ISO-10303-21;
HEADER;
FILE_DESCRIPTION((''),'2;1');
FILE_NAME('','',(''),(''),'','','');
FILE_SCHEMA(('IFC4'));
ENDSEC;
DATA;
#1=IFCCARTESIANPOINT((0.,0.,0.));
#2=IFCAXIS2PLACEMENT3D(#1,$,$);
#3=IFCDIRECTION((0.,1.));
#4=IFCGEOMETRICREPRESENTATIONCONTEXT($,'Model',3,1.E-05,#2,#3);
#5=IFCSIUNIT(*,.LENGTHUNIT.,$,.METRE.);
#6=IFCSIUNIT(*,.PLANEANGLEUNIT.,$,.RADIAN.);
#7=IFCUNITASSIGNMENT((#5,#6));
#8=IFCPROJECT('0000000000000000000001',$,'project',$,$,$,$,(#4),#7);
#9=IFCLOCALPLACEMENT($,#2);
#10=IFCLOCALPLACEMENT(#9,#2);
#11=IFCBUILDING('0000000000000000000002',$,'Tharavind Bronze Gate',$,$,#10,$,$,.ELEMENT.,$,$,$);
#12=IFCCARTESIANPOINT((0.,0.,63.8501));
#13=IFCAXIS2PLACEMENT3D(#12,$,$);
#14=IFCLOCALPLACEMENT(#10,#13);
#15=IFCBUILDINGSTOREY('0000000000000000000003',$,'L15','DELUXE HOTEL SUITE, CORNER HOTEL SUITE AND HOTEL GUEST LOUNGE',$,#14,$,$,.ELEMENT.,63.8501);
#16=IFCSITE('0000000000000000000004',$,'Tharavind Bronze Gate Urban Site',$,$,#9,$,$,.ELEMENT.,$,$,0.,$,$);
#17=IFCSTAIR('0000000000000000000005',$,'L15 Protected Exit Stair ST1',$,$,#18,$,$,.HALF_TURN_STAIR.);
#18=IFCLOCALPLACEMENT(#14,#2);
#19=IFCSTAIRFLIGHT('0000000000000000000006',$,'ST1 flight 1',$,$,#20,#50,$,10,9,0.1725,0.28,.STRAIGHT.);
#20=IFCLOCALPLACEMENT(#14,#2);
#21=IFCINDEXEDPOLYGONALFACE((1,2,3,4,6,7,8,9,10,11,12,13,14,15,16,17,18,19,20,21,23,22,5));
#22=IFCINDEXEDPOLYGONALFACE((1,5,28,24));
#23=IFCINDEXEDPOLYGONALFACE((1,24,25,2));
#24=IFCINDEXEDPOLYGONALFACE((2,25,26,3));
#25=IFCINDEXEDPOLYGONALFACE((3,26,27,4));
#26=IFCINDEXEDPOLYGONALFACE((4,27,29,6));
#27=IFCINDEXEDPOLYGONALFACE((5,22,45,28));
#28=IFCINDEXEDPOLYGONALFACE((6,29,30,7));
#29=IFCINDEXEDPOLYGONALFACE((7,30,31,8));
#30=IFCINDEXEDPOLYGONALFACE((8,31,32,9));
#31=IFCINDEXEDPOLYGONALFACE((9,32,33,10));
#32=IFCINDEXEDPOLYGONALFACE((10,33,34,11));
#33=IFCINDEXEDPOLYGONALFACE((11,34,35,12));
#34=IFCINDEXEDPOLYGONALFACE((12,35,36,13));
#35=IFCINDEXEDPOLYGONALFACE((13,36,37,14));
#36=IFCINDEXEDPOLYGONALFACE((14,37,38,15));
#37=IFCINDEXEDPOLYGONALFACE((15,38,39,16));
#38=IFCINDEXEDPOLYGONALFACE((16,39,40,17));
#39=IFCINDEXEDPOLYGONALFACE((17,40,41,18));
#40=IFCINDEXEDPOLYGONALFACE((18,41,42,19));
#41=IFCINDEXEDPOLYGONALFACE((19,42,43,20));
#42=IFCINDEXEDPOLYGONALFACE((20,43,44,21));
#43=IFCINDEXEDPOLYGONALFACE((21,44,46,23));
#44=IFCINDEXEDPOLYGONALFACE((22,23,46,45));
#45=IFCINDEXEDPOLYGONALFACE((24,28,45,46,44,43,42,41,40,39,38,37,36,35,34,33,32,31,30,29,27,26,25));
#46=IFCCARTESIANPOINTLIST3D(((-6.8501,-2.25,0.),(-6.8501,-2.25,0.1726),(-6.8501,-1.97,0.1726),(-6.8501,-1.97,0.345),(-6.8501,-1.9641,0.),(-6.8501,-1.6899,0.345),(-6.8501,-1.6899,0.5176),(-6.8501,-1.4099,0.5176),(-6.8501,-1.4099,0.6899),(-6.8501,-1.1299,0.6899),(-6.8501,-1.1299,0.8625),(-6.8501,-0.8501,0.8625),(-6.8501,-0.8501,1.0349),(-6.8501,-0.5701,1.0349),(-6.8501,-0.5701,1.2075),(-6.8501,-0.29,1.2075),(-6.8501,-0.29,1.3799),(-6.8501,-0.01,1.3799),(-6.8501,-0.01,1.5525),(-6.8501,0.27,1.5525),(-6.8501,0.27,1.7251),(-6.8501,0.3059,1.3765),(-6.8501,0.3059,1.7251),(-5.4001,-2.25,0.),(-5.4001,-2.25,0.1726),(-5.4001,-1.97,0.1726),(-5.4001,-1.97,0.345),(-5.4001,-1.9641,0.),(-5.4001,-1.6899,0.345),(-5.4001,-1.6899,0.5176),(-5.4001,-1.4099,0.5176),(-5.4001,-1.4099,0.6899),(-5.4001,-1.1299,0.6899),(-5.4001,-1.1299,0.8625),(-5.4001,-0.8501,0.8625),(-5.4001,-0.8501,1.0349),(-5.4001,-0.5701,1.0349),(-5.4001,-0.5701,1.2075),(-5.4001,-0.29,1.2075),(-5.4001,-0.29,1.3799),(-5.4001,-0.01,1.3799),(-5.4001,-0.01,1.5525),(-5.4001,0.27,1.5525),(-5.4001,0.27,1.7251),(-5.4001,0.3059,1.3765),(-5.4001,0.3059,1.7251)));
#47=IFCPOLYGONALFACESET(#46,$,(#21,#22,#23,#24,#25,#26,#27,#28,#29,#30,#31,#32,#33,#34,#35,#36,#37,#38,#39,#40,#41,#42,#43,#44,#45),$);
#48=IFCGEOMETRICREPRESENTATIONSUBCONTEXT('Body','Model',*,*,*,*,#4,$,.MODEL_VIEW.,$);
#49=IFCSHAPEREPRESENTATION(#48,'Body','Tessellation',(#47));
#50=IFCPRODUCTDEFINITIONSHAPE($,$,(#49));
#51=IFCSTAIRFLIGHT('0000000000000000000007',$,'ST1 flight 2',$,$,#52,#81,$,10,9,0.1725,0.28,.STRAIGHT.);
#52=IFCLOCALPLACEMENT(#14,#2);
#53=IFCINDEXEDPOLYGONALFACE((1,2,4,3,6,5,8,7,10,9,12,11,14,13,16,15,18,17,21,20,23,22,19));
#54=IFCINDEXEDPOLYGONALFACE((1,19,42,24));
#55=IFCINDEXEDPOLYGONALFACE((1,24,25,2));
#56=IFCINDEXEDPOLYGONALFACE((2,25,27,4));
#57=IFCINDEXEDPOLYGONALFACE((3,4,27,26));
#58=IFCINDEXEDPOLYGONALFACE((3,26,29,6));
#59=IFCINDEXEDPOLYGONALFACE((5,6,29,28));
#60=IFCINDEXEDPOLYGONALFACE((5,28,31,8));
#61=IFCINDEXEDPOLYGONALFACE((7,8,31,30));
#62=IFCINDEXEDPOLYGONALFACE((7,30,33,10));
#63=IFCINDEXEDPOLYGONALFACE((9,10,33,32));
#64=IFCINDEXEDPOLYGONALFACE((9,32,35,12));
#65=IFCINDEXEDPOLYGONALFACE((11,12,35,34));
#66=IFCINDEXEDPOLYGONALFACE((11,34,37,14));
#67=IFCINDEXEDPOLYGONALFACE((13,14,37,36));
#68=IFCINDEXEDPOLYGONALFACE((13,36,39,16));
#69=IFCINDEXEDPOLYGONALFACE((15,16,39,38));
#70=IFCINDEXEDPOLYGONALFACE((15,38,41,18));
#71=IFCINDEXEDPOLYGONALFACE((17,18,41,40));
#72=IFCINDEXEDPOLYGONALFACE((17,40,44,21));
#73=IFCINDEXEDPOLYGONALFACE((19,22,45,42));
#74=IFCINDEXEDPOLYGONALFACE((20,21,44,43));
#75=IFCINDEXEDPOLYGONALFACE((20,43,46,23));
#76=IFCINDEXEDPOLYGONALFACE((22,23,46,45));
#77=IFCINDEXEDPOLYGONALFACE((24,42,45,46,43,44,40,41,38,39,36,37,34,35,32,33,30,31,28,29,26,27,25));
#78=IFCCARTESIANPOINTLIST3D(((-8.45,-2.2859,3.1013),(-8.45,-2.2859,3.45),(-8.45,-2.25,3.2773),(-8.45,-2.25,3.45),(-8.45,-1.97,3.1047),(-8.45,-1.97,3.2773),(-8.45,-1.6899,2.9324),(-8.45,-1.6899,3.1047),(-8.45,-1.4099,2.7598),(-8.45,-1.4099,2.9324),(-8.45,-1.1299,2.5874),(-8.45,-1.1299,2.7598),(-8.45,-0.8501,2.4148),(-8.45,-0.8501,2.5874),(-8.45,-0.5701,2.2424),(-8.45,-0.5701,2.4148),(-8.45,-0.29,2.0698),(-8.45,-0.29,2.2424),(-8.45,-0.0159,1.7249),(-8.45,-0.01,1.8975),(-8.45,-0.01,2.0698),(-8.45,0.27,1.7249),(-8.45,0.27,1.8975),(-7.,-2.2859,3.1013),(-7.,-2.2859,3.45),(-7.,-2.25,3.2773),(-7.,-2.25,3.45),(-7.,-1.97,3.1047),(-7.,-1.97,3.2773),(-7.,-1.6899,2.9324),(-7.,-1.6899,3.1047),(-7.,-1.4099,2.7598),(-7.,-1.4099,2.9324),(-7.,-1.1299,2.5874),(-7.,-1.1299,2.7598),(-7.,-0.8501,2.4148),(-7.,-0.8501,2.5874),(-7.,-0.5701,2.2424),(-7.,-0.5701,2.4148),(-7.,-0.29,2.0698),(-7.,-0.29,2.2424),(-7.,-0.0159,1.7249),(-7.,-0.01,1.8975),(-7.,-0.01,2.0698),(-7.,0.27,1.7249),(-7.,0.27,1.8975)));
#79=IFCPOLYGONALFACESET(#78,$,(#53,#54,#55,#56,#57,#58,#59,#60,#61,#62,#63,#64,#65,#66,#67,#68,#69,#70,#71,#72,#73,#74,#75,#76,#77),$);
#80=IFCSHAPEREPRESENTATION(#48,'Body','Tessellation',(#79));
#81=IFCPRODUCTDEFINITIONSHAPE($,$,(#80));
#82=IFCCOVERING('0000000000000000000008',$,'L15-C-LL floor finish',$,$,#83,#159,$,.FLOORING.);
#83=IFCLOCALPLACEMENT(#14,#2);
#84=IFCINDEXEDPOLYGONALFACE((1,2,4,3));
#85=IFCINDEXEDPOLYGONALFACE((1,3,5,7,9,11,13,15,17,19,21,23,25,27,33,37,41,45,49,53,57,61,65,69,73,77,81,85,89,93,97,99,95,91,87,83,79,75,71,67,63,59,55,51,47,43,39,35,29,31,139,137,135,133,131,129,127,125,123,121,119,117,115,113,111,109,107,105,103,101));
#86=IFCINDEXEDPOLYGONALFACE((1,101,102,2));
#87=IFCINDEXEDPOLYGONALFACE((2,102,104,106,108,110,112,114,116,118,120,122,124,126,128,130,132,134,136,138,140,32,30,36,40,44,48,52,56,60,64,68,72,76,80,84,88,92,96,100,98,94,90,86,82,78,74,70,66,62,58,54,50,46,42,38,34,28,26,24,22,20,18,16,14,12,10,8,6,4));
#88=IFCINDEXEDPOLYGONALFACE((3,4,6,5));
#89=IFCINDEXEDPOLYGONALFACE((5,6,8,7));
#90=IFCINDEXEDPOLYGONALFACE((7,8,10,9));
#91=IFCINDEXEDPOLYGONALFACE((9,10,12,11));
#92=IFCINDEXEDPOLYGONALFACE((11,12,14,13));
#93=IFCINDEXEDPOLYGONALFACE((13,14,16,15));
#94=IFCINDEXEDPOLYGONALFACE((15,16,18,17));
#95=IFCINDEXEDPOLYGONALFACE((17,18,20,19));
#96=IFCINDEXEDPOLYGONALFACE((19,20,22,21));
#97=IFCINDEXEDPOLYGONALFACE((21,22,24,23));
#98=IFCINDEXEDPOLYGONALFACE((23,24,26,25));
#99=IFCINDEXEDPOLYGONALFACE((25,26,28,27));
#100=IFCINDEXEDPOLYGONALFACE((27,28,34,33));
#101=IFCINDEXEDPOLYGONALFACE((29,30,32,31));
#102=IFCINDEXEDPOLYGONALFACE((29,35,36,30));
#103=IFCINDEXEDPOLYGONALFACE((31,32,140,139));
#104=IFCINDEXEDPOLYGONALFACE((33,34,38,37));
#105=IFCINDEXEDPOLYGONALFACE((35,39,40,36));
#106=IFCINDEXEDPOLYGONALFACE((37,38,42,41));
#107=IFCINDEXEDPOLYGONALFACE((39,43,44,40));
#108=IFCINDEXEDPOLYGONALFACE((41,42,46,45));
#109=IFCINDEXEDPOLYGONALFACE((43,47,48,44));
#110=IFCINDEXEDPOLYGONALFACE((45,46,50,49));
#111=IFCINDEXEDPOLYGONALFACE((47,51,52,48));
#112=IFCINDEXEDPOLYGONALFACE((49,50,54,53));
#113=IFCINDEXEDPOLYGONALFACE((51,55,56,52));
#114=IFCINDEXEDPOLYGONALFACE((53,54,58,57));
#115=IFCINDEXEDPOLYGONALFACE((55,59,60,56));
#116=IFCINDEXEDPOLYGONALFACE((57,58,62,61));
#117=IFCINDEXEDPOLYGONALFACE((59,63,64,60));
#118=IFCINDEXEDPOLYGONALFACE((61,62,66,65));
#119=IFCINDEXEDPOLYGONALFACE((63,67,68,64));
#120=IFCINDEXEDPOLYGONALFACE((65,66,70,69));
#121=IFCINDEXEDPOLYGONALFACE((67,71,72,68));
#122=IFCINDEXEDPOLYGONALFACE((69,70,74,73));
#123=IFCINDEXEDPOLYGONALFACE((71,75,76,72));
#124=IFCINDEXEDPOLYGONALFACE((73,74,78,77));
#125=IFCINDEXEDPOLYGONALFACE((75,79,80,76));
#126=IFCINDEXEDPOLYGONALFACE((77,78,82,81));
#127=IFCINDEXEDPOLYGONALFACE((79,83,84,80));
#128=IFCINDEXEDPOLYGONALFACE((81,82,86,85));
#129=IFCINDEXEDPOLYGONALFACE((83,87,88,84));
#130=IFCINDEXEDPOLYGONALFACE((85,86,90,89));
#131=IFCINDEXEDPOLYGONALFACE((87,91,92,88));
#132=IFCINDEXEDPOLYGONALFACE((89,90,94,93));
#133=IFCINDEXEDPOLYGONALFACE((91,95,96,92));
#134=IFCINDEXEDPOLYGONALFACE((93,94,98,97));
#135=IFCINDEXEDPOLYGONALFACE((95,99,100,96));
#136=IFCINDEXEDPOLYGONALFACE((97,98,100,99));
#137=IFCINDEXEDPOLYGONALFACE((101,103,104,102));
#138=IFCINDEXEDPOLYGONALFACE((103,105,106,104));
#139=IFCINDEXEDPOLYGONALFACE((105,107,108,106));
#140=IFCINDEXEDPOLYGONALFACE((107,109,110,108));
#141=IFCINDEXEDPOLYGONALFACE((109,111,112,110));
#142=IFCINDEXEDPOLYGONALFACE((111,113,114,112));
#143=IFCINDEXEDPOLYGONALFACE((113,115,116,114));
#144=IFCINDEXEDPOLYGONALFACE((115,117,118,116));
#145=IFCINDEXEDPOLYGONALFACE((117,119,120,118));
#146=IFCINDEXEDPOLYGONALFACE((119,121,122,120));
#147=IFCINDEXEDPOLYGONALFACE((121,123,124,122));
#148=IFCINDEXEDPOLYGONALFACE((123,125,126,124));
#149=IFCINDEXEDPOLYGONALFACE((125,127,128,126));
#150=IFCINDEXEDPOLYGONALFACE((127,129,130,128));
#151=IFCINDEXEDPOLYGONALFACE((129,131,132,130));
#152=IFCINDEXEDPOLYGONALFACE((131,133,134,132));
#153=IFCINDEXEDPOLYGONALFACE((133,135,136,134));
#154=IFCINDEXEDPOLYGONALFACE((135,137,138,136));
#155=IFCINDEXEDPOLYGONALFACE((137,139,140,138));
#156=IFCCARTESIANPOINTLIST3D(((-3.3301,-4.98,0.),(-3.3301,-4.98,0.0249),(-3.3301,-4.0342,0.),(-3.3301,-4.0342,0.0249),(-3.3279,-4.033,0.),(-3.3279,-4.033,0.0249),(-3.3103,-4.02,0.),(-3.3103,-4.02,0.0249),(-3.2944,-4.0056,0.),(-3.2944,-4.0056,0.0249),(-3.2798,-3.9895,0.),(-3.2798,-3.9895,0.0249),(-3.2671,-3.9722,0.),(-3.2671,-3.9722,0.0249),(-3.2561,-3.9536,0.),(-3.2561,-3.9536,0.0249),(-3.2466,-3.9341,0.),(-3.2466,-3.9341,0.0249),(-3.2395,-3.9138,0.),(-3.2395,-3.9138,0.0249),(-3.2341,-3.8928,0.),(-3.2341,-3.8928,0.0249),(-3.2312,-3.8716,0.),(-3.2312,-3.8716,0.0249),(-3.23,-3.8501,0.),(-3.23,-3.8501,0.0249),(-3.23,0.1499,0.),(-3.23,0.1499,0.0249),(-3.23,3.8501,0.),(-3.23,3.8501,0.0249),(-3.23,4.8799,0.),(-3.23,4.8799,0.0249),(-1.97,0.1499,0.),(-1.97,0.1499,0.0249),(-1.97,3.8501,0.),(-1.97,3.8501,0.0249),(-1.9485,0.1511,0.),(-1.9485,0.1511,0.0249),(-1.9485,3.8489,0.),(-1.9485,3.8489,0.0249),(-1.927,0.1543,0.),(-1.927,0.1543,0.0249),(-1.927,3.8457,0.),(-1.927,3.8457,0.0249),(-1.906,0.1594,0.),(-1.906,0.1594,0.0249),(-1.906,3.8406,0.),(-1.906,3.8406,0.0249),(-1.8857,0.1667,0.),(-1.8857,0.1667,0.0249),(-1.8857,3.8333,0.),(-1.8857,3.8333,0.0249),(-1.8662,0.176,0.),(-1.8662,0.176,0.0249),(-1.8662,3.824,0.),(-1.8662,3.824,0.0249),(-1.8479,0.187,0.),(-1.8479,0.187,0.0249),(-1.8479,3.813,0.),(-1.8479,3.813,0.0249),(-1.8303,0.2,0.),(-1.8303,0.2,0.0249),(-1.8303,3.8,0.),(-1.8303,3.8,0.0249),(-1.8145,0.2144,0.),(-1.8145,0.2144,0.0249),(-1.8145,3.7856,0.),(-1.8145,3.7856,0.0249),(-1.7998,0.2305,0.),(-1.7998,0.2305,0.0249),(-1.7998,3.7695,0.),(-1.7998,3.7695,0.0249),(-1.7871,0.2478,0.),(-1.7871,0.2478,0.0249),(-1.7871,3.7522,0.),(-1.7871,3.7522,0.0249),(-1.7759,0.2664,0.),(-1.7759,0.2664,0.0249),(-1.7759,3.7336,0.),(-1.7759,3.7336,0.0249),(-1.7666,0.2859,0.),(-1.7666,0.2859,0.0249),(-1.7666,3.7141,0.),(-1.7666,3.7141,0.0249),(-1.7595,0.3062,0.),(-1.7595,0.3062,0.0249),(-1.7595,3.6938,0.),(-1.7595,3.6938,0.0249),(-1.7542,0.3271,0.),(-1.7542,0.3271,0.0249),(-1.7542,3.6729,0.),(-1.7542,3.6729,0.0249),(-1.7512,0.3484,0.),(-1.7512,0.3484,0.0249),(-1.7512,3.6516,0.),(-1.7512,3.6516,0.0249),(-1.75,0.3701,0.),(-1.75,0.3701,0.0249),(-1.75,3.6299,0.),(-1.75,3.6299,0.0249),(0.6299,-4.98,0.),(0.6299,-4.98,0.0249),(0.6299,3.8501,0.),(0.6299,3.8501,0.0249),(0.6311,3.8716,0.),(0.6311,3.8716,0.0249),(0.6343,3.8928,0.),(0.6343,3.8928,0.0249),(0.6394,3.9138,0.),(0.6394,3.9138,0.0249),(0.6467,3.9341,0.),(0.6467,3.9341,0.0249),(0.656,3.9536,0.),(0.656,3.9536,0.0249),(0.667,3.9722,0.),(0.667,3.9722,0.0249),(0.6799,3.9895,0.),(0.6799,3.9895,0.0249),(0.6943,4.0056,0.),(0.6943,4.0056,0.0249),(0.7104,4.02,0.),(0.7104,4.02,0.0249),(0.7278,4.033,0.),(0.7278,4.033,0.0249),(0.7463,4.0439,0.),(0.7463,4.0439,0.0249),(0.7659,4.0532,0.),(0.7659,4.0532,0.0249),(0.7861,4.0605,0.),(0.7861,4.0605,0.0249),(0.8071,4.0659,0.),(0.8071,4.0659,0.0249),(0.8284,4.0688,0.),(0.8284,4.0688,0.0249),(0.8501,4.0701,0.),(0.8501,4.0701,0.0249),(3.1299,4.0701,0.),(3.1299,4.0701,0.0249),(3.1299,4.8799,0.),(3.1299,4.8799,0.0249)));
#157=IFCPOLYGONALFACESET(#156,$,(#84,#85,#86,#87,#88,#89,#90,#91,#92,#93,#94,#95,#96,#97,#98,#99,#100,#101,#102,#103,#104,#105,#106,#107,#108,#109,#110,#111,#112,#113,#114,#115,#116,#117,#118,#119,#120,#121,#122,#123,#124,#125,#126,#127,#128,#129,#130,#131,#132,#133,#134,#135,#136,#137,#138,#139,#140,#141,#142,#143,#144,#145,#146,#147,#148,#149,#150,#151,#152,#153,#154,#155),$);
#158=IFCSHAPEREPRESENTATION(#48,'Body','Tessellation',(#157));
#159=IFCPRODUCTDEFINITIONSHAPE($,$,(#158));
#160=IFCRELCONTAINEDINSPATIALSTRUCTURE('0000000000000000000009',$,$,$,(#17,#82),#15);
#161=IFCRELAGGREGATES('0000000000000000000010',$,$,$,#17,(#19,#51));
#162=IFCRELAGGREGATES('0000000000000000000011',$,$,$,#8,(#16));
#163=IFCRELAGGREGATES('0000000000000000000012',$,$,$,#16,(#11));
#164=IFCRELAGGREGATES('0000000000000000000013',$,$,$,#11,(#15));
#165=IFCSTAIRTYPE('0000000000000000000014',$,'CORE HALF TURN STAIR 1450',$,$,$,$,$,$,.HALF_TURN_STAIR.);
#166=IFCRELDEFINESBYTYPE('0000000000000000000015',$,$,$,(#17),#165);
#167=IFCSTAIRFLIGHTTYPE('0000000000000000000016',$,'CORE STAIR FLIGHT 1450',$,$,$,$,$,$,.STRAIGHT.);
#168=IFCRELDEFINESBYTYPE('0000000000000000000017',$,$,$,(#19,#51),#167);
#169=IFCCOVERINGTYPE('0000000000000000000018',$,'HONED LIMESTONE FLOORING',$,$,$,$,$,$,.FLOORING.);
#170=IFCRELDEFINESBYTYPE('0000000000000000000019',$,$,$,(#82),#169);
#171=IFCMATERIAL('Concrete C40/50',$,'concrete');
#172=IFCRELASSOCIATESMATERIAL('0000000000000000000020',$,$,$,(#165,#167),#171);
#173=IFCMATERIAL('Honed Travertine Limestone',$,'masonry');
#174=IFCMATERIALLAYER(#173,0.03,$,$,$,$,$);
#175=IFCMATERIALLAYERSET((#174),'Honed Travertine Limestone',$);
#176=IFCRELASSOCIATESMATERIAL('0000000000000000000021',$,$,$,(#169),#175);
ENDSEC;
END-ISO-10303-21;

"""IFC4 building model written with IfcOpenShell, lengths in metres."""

from ifc_helpers import new_model, si_unit, direction, frame, origin, place, context, subcontext, project, spatial, polyline, outline, extrude, material, layer, layer_set, type_object, element, aggregate, save


model = new_model("IFC4")

# Units and contexts
model_context = context("Model", 3, precision=1e-05, world=origin(), true_north=direction((0.0, 1.0)))
body_context = subcontext(model_context, "Body", "Model", "MODEL_VIEW")
ifc_project = project(units=[si_unit("LENGTHUNIT", "METRE"), si_unit("PLANEANGLEUNIT", "RADIAN")], contexts=[model_context])

# Site, building, storey
site_placement = place(None, origin())
site = spatial("IfcSite", under=ifc_project, at=site_placement, Name="Tharavind Bronze Gate Urban Site", CompositionType="ELEMENT", RefElevation=0.0)
building_placement = place(site_placement, origin())
building = spatial("IfcBuilding", under=site, at=building_placement, Name="Tharavind Bronze Gate", CompositionType="ELEMENT")
storey_placement = place(building_placement, frame((0.0, 0.0, 63.8501)))
storey = spatial("IfcBuildingStorey", under=building, at=storey_placement, Name="L15", Description="DELUXE HOTEL SUITE, CORNER HOTEL SUITE AND HOTEL GUEST LOUNGE", CompositionType="ELEMENT", Elevation=63.8501)

# Shared definitions
ifc_material_1 = material(Name="Concrete C40/50", Category="concrete")

# Stair
stair_type = type_object("IfcStairType", Name="CORE HALF TURN STAIR 1450", PredefinedType="HALF_TURN_STAIR", material=ifc_material_1)
stair_1_placement = place(storey_placement, origin())
stair_1 = element("IfcStair", 1, at=stair_1_placement, inside=storey, type_object=stair_type, Name="L15 Protected Exit Stair ST1", PredefinedType="HALF_TURN_STAIR")

# Stair flights
stair_flight_type = type_object("IfcStairFlightType", Name="CORE STAIR FLIGHT 1450", PredefinedType="STRAIGHT", material=ifc_material_1)
stair_flight_1_placement = place(storey_placement, frame((-6.125, -2.25, 0.0), z_axis=(0.0, 0.0, 1.0), x_axis=(0.0, 1.0, 0.0)))
stair_flight_1 = element("IfcStairFlight", 2, at=stair_flight_1_placement, type_object=stair_flight_type, Name="ST1 flight 1", NumberOfRisers=10, NumberOfTreads=9, PredefinedType="STRAIGHT", RiserHeight=0.1725, TreadLength=0.28, context=body_context, shape_type="SweptSolid", body=[
    extrude(outline(polyline([(0.0, 0.0), (0.0, 0.1726), (0.28, 0.1726), (0.28, 0.345), (0.5601, 0.345), (0.5601, 0.5176), (0.8401, 0.5176), (0.8401, 0.6899), (1.1201, 0.6899), (1.1201, 0.8625), (1.3999, 0.8625), (1.3999, 1.0349), (1.6799, 1.0349), (1.6799, 1.2075), (1.96, 1.2075), (1.96, 1.3799), (2.24, 1.3799), (2.24, 1.5525), (2.52, 1.5525), (2.52, 1.7251), (2.5559, 1.7251), (2.5559, 1.3765), (0.2859, 0.0), (0.0, 0.0)])), frame((0.0, 0.7251, 0.0), z_axis=(0.0, -1.0, 0.0), x_axis=(1.0, 0.0, 0.0)), (0.0, 0.0, 1.0), 1.45),
])
stair_flight_2_placement = place(storey_placement, frame((-7.7251, 0.27, 1.7249), z_axis=(0.0, 0.0, 1.0), x_axis=(0.0, -1.0, 0.0)))
stair_flight_2 = element("IfcStairFlight", 3, at=stair_flight_2_placement, type_object=stair_flight_type, Name="ST1 flight 2", NumberOfRisers=10, NumberOfTreads=9, PredefinedType="STRAIGHT", RiserHeight=0.1725, TreadLength=0.28, context=body_context, shape_type="SweptSolid", body=[
    extrude(outline(polyline([(0.0, 0.0), (0.0, 0.1726), (0.28, 0.1726), (0.28, 0.345), (0.5601, 0.345), (0.5601, 0.5176), (0.8401, 0.5176), (0.8401, 0.6899), (1.1201, 0.6899), (1.1201, 0.8625), (1.3999, 0.8625), (1.3999, 1.0349), (1.6799, 1.0349), (1.6799, 1.2075), (1.96, 1.2075), (1.96, 1.3799), (2.24, 1.3799), (2.24, 1.5525), (2.52, 1.5525), (2.52, 1.7251), (2.5559, 1.7251), (2.5559, 1.3765), (0.2859, 0.0), (0.0, 0.0)])), frame((0.0, 0.7251, 0.0), z_axis=(0.0, -1.0, 0.0), x_axis=(1.0, 0.0, 0.0)), (0.0, 0.0, 1.0), 1.45),
])
aggregate(stair_1, [stair_flight_1, stair_flight_2])

# Covering
ifc_material_2 = material(Name="Honed Travertine Limestone", Category="masonry")
ifc_layer_1 = layer(ifc_material_2, 0.03)
ifc_layer_set_1 = layer_set([ifc_layer_1], Name="Honed Travertine Limestone")
covering_type = type_object("IfcCoveringType", Name="HONED LIMESTONE FLOORING", PredefinedType="FLOORING", material=ifc_layer_set_1)
covering_placement = place(storey_placement, origin())
element("IfcCovering", 4, at=covering_placement, inside=storey, type_object=covering_type, Name="L15-C-LL floor finish", PredefinedType="FLOORING", context=body_context, shape_type="SweptSolid", body=[
    extrude(outline(polyline([(-3.3301, -4.98), (0.6299, -4.98), (0.6299, 3.8501), (0.6311, 3.8716), (0.6343, 3.8928), (0.6394, 3.9138), (0.6467, 3.9341), (0.656, 3.9536), (0.667, 3.9722), (0.6799, 3.9895), (0.6943, 4.0056), (0.7104, 4.02), (0.7278, 4.033), (0.7463, 4.0439), (0.7659, 4.0532), (0.7861, 4.0605), (0.8071, 4.0659), (0.8284, 4.0688), (0.8501, 4.0701), (3.1299, 4.0701), (3.1299, 4.8799), (-3.23, 4.8799), (-3.23, 3.8501), (-1.97, 3.8501), (-1.9485, 3.8489), (-1.927, 3.8457), (-1.906, 3.8406), (-1.8857, 3.8333), (-1.8662, 3.824), (-1.8479, 3.813), (-1.8303, 3.8), (-1.8145, 3.7856), (-1.7998, 3.7695), (-1.7871, 3.7522), (-1.7759, 3.7336), (-1.7666, 3.7141), (-1.7595, 3.6938), (-1.7542, 3.6729), (-1.7512, 3.6516), (-1.75, 3.6299), (-1.75, 0.3701), (-1.7512, 0.3484), (-1.7542, 0.3271), (-1.7595, 0.3062), (-1.7666, 0.2859), (-1.7759, 0.2664), (-1.7871, 0.2478), (-1.7998, 0.2305), (-1.8145, 0.2144), (-1.8303, 0.2), (-1.8479, 0.187), (-1.8662, 0.176), (-1.8857, 0.1667), (-1.906, 0.1594), (-1.927, 0.1543), (-1.9485, 0.1511), (-1.97, 0.1499), (-3.23, 0.1499), (-3.23, -3.8501), (-3.2312, -3.8716), (-3.2341, -3.8928), (-3.2395, -3.9138), (-3.2466, -3.9341), (-3.2561, -3.9536), (-3.2671, -3.9722), (-3.2798, -3.9895), (-3.2944, -4.0056), (-3.3103, -4.02), (-3.3279, -4.033), (-3.3301, -4.0342), (-3.3301, -4.98)])), origin(), (0.0, 0.0, 1.0), 0.0249),
])

save(model, "model.ifc")
